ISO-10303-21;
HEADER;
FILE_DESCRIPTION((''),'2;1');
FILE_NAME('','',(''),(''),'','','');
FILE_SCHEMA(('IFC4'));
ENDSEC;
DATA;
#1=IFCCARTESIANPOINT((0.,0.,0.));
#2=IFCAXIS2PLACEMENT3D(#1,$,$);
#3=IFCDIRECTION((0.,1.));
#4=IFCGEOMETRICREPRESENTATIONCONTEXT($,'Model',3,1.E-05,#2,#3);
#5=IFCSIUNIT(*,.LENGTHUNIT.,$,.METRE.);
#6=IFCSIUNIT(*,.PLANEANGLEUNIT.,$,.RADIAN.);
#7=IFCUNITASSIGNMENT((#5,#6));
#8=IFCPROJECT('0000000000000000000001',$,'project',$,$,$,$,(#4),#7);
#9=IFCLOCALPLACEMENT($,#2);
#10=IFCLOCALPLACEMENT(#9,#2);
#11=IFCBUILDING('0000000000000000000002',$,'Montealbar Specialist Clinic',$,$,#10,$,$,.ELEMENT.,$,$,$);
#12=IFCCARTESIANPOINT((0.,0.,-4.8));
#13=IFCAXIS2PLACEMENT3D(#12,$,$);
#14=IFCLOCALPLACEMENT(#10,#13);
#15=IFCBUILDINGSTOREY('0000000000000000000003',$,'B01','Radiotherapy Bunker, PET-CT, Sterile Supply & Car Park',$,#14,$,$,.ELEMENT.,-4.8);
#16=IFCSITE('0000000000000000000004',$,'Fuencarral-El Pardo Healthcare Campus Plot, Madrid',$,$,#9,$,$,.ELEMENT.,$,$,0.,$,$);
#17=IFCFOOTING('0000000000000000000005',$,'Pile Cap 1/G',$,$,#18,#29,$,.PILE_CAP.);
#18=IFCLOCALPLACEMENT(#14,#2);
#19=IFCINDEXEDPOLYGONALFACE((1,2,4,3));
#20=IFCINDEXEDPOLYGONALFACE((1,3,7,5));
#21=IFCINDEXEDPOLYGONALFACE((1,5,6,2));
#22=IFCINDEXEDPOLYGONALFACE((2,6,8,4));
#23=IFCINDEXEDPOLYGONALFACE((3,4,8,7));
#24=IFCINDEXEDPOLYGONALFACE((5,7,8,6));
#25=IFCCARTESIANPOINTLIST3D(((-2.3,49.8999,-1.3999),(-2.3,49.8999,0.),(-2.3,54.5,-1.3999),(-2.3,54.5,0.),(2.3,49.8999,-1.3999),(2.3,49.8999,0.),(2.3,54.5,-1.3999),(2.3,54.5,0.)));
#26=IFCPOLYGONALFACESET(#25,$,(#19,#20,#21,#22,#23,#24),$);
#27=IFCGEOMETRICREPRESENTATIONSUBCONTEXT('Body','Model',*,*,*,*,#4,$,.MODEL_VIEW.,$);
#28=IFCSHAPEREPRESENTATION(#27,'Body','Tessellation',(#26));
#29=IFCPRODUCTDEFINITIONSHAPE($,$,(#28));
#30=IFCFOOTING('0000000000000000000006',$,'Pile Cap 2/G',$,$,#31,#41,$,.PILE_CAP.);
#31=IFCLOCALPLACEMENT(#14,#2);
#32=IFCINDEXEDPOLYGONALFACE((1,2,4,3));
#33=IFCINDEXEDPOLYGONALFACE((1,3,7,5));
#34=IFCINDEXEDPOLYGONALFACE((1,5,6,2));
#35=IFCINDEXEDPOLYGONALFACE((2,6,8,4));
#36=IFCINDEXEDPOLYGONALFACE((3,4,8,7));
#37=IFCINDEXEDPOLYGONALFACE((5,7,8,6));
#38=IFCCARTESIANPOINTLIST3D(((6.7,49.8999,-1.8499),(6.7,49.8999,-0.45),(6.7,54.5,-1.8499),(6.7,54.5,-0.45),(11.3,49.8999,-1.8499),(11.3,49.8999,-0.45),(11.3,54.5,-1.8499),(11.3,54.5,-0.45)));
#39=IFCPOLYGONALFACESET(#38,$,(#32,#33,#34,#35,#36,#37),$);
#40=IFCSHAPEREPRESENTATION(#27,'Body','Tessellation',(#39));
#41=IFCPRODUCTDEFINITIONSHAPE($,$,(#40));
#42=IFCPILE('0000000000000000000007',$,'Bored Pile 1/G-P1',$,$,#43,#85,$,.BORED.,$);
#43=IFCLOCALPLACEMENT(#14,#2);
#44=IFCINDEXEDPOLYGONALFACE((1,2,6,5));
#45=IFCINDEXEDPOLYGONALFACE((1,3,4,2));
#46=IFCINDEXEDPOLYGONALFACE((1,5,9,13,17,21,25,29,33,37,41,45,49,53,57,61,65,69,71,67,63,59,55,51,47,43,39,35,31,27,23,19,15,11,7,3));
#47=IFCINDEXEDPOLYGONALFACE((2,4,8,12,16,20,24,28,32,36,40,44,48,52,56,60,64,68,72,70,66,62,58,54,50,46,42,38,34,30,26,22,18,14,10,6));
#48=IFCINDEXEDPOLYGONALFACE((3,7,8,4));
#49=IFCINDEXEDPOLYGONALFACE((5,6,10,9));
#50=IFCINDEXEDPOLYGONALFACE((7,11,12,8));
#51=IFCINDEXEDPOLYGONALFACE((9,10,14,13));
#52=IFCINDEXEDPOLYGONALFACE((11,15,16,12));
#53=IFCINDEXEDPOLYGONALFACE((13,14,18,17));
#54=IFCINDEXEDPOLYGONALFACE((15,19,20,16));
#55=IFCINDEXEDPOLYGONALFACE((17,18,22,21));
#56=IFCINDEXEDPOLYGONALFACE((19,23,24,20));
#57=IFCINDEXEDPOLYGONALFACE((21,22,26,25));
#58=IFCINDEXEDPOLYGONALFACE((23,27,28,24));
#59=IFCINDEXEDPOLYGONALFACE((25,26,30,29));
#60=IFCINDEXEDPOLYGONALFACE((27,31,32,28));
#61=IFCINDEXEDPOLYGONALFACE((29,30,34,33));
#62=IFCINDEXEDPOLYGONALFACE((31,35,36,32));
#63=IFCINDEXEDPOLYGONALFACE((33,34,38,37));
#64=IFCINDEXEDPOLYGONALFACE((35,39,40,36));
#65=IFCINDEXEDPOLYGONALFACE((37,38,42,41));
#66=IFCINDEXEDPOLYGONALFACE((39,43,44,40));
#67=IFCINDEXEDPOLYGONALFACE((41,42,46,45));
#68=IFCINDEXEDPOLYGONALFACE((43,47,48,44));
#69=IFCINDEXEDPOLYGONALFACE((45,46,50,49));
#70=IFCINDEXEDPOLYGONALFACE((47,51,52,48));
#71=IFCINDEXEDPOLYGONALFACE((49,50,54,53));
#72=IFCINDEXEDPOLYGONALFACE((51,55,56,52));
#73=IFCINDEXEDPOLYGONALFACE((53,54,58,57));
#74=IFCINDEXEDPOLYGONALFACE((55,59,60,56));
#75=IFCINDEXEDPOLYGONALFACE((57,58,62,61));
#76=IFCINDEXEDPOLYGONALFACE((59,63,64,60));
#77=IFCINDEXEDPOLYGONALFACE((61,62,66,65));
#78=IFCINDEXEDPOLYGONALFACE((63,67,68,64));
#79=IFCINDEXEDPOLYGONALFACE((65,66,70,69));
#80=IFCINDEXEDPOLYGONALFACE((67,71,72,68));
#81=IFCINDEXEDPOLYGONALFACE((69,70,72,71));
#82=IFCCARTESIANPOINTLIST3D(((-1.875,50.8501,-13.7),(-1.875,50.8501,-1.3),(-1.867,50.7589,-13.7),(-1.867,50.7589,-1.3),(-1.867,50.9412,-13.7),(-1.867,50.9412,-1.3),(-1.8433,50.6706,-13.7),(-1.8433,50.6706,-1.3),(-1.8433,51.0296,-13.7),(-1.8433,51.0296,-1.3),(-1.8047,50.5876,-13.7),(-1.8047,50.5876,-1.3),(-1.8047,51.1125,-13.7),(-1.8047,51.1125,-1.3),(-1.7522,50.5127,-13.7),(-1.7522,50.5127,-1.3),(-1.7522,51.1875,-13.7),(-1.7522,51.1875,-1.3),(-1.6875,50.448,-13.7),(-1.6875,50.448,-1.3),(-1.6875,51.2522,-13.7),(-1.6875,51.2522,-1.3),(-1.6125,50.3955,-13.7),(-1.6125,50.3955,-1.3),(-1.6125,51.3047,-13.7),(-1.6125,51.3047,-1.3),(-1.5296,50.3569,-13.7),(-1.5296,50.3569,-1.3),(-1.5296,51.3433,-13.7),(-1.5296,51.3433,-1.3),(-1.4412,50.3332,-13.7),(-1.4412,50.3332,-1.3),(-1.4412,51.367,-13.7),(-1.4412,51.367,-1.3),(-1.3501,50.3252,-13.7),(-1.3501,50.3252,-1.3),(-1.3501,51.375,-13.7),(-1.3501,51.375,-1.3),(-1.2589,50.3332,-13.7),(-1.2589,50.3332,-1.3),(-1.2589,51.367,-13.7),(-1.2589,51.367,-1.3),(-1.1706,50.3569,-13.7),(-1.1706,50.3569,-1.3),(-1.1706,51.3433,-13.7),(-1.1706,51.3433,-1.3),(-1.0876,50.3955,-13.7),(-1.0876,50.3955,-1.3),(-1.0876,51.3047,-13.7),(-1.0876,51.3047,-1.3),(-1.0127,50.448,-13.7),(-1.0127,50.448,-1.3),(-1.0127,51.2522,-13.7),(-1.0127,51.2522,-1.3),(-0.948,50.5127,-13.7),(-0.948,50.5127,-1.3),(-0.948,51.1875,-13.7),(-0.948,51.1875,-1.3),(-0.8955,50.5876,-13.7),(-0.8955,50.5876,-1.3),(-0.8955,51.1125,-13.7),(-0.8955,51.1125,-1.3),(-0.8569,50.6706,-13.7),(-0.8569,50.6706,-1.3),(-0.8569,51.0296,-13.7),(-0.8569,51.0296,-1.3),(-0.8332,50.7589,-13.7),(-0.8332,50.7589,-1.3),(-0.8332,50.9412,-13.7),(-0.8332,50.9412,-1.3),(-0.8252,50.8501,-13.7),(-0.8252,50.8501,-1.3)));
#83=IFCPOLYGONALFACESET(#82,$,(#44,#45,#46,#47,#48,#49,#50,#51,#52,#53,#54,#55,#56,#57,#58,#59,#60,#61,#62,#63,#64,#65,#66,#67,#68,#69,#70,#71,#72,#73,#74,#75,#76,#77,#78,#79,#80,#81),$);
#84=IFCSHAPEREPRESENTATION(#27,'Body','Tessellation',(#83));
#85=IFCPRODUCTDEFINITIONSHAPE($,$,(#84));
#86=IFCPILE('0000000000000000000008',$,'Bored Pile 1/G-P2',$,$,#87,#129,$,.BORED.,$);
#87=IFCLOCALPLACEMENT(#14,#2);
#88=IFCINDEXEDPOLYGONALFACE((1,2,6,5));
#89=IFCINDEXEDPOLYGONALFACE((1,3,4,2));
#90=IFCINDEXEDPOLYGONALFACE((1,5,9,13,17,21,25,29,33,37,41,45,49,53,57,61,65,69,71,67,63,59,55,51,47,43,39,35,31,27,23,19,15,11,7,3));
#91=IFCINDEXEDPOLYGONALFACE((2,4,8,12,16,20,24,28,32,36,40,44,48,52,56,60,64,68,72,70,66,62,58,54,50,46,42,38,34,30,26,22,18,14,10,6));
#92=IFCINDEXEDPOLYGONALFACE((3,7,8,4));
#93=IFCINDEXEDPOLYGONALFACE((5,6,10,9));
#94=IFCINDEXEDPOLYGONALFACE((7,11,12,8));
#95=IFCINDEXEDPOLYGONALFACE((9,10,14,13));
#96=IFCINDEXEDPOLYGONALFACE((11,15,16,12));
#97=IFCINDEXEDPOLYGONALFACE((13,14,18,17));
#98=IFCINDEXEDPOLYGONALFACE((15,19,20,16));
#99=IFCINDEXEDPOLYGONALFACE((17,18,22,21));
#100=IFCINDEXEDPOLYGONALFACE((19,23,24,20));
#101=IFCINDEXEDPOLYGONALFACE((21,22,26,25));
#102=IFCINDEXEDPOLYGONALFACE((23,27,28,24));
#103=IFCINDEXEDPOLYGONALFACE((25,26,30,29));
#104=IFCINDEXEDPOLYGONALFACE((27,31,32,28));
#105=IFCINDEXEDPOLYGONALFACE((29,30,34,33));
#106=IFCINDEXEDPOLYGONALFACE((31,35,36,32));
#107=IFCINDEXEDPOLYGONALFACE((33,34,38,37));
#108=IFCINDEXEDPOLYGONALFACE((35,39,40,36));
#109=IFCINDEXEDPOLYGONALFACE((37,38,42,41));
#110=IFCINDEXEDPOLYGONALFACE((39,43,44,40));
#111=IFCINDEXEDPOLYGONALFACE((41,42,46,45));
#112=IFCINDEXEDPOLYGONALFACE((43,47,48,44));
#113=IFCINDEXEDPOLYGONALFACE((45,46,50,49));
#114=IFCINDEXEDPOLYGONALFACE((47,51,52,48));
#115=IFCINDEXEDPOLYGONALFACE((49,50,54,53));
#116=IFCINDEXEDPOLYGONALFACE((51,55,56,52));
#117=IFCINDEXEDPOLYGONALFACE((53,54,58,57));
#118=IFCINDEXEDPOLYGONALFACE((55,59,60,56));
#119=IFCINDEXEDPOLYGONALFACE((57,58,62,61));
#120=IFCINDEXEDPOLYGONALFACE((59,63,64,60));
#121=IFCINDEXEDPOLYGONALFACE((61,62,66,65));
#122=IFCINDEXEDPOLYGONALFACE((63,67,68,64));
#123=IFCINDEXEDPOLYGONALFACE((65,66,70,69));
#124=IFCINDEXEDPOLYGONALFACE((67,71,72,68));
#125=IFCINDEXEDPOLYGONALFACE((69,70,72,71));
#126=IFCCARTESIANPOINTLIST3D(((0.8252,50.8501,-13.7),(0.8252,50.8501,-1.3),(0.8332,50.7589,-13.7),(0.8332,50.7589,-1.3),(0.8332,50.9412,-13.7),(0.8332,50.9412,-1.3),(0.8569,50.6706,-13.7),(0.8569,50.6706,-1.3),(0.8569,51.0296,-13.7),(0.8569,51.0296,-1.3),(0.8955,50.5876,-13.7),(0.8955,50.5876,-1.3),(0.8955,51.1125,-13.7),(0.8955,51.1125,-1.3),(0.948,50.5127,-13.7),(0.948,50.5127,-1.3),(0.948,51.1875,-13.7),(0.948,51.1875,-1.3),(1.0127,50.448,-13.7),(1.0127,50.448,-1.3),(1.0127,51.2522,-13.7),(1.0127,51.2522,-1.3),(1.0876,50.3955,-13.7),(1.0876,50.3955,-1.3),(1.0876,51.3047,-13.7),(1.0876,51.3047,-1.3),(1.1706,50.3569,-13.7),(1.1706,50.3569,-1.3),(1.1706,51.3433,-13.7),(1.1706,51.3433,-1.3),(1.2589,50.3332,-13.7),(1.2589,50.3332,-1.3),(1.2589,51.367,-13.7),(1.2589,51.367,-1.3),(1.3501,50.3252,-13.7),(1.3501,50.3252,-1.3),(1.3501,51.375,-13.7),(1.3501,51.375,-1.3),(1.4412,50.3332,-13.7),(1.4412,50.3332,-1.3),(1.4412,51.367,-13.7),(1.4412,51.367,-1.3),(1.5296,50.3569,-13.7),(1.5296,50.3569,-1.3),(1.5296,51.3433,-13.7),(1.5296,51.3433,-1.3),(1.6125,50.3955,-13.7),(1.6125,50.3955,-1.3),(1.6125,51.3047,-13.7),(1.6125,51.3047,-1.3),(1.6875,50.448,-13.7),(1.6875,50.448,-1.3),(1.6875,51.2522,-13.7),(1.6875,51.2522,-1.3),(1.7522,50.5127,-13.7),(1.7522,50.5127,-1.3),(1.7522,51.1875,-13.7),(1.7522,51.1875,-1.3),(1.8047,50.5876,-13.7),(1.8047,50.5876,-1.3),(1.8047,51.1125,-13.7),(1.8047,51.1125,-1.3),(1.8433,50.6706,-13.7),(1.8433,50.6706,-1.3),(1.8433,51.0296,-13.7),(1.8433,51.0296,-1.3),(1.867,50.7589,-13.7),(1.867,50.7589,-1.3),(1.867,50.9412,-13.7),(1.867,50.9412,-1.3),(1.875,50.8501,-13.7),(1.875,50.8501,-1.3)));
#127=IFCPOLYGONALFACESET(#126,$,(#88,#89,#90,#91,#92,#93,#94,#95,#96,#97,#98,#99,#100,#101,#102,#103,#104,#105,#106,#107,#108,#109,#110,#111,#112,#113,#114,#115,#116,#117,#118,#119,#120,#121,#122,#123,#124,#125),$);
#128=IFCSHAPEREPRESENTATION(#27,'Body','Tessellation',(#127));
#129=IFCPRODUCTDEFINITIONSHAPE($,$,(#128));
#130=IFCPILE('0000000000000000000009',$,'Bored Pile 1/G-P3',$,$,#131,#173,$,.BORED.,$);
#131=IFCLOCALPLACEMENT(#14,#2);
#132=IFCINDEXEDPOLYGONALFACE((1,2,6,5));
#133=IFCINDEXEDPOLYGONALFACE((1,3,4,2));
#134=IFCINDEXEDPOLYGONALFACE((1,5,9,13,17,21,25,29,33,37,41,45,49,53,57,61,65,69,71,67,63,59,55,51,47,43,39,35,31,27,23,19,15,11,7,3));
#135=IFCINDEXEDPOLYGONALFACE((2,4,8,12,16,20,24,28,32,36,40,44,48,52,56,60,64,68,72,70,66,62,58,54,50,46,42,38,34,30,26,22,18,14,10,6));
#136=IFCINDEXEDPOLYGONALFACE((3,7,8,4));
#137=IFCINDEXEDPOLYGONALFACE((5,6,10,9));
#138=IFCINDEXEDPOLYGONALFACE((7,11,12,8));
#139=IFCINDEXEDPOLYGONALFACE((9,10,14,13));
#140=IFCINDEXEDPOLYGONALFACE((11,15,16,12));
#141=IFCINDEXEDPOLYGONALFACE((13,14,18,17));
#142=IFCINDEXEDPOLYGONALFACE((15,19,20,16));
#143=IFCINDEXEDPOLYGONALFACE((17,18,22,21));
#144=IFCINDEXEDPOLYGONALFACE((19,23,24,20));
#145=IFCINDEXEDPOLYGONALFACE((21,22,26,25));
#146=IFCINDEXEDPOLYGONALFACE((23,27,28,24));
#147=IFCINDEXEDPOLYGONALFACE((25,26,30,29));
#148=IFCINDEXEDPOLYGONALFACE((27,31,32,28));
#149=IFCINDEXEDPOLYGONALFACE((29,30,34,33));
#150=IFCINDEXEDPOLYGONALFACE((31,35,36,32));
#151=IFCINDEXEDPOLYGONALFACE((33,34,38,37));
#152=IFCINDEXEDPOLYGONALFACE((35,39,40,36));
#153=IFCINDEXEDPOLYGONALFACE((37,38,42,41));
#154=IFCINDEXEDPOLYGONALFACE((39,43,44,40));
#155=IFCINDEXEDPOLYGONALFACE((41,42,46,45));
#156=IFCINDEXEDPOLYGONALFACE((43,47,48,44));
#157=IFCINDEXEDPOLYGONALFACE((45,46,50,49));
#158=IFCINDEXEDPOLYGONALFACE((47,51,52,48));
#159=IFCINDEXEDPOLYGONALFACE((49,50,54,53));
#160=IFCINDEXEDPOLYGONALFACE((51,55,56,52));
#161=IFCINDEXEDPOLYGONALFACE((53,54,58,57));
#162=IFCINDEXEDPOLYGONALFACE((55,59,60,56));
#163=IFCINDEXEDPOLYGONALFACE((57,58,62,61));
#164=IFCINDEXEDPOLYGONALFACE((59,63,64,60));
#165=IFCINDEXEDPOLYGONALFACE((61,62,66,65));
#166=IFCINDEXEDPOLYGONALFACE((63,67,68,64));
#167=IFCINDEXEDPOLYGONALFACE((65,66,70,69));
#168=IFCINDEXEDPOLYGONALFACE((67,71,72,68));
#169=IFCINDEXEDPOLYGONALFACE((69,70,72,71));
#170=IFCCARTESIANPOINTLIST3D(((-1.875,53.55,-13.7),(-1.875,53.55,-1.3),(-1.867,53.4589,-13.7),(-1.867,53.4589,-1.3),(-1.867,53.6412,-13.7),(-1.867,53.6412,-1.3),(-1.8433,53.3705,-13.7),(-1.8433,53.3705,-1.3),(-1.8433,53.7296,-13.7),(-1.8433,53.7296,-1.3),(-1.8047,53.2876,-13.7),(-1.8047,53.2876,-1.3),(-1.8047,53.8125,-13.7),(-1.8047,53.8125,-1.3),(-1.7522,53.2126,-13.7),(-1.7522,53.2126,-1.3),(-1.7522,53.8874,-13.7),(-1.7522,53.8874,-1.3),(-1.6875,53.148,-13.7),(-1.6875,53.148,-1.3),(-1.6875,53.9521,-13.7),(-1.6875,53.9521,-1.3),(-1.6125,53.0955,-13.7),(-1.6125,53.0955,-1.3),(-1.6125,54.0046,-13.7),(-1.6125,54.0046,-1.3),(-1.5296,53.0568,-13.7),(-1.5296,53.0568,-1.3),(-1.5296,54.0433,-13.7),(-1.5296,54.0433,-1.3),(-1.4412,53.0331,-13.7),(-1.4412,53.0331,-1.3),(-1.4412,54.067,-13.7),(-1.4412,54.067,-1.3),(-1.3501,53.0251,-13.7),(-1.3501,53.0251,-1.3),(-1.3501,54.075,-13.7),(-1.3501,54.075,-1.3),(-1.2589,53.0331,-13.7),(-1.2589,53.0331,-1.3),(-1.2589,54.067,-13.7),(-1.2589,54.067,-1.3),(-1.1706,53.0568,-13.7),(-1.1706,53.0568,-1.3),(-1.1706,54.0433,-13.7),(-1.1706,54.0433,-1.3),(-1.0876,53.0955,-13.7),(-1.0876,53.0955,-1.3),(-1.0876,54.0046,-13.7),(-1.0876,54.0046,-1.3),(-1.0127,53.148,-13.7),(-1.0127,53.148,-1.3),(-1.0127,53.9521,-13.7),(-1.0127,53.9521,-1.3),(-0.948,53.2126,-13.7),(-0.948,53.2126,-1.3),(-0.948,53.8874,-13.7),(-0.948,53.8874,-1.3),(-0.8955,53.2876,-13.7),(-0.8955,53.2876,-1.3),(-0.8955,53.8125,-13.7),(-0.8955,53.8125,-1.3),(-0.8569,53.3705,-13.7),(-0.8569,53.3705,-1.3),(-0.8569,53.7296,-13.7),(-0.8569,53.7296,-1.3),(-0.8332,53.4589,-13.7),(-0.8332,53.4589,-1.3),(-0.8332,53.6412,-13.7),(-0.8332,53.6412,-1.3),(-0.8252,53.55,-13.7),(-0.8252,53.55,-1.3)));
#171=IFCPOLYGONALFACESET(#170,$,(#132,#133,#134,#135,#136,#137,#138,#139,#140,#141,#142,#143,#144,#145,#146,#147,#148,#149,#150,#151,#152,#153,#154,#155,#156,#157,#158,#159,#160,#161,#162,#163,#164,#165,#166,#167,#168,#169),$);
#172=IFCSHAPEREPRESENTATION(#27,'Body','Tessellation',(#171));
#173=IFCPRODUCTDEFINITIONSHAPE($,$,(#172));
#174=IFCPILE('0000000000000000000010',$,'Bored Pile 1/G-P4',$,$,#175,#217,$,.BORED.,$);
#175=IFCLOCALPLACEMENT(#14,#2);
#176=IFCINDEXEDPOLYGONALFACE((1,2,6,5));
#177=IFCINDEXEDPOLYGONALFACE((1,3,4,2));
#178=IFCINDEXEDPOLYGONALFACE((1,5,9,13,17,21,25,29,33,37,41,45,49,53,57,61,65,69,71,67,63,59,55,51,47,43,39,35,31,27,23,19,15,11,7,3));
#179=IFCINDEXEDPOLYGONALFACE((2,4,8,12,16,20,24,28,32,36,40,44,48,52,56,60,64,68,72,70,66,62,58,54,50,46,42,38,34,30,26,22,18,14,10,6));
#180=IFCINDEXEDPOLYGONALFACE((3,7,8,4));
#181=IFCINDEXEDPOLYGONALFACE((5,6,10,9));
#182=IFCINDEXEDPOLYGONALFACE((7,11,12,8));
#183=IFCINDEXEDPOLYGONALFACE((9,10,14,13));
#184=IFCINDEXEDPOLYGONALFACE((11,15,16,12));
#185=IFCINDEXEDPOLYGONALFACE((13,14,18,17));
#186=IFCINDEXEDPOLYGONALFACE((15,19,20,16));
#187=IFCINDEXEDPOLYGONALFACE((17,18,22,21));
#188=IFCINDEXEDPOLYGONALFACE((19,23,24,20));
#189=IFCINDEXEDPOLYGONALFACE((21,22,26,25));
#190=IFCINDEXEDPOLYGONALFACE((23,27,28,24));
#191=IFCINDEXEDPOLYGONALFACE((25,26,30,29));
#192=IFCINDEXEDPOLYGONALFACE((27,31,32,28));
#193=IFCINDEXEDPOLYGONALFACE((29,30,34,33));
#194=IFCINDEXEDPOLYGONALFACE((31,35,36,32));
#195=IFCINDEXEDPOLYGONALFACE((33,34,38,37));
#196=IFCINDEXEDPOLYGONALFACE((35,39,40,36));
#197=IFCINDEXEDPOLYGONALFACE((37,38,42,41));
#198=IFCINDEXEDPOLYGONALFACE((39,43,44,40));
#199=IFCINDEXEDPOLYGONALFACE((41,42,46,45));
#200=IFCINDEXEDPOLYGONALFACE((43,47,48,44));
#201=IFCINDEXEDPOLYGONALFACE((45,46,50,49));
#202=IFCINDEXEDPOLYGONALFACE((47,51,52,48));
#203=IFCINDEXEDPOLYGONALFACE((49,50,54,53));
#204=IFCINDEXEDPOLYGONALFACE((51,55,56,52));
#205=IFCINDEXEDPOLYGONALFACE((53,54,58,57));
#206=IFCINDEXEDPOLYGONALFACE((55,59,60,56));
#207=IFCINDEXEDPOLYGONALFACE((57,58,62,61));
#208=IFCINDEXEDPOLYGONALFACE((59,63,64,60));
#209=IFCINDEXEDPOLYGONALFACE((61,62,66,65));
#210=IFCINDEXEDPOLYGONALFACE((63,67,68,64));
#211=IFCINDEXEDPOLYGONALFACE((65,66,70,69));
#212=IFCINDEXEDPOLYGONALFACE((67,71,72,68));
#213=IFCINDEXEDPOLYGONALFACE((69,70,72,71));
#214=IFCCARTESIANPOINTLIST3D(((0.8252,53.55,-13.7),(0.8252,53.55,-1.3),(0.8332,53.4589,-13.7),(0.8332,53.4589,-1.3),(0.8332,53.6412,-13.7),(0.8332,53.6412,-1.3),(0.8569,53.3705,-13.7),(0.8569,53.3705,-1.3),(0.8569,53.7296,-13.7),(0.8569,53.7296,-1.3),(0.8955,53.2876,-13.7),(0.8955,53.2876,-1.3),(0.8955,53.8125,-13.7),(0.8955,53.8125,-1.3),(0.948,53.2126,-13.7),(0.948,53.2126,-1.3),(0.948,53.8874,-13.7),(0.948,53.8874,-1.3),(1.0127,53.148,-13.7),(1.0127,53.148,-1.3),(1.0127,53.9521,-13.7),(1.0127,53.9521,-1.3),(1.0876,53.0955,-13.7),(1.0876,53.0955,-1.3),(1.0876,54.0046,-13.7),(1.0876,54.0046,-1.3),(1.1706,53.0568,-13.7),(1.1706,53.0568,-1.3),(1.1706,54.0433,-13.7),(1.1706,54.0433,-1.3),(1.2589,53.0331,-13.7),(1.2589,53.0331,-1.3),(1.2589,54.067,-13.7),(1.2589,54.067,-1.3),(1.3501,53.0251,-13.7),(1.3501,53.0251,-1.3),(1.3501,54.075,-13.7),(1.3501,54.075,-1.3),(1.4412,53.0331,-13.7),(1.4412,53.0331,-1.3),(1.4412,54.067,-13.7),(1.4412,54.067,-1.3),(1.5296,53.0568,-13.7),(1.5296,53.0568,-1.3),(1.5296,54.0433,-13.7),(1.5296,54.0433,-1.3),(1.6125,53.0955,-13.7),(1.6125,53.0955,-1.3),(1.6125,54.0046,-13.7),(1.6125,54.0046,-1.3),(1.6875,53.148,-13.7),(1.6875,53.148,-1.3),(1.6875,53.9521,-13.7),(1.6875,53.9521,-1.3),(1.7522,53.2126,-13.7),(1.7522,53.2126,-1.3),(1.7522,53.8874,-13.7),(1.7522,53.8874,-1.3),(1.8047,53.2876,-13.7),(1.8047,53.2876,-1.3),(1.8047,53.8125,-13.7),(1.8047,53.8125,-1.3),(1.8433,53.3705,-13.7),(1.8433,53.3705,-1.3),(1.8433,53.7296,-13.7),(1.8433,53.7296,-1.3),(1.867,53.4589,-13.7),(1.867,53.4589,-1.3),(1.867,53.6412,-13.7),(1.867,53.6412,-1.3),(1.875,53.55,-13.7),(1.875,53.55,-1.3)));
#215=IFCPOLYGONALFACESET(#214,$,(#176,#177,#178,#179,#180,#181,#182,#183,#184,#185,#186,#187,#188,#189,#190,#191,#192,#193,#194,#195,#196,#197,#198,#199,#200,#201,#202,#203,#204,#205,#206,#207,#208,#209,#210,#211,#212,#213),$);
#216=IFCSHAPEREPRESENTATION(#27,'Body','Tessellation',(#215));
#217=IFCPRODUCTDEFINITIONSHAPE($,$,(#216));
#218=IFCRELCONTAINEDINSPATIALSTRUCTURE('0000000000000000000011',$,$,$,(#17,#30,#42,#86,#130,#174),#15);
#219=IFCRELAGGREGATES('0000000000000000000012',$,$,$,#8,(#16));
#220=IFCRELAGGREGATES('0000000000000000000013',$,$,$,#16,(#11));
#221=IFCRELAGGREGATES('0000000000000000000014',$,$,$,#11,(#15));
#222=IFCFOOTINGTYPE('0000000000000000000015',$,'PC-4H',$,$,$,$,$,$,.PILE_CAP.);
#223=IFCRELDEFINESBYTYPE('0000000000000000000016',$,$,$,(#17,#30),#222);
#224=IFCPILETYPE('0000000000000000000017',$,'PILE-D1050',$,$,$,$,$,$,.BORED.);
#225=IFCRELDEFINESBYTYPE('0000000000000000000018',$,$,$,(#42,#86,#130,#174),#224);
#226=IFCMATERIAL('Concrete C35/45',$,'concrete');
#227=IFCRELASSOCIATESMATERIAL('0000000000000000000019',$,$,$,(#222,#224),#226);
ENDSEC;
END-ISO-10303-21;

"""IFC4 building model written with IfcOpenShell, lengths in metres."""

from ifc_helpers import new_model, si_unit, direction, frame, origin, origin_2d, place, context, subcontext, project, spatial, rectangle, circle, extrude, material, material_profile, profile_set, type_object, element, save


model = new_model("IFC4")

# Units and contexts
model_context = context("Model", 3, precision=1e-05, world=origin(), true_north=direction((0.0, 1.0)))
body_context = subcontext(model_context, "Body", "Model", "MODEL_VIEW")
ifc_project = project(units=[si_unit("LENGTHUNIT", "METRE"), si_unit("PLANEANGLEUNIT", "RADIAN")], contexts=[model_context])

# Site, building, storey
site_placement = place(None, origin())
site = spatial("IfcSite", under=ifc_project, at=site_placement, Name="Fuencarral-El Pardo Healthcare Campus Plot, Madrid", CompositionType="ELEMENT", RefElevation=0.0)
building_placement = place(site_placement, origin())
building = spatial("IfcBuilding", under=site, at=building_placement, Name="Montealbar Specialist Clinic", CompositionType="ELEMENT")
storey_placement = place(building_placement, frame((0.0, 0.0, -4.8)))
storey = spatial("IfcBuildingStorey", under=building, at=storey_placement, Name="B01", Description="Radiotherapy Bunker, PET-CT, Sterile Supply & Car Park", CompositionType="ELEMENT", Elevation=-4.8)

# Footings
ifc_material_1 = material(Name="Concrete C35/45", Category="concrete")
footing_type = type_object("IfcFootingType", Name="PC-4H", PredefinedType="PILE_CAP", material=ifc_material_1)
for number, where, z_axis, x_axis, name in (
    (1, (0.0, 52.2, -1.3999), (0.0, 0.0, 1.0), (1.0, 0.0, 0.0), "Pile Cap 1/G"),
    (2, (9.0, 52.2, -1.8499), (0.0, 0.0, 1.0), (1.0, 0.0, 0.0), "Pile Cap 2/G"),
):
    element("IfcFooting", number, at=place(storey_placement, frame(where, z_axis=z_axis, x_axis=x_axis)), inside=storey, type_object=footing_type, Name=name, PredefinedType="PILE_CAP", context=body_context, shape_type="SweptSolid", body=[
        extrude(rectangle(XDim=4.6001, YDim=4.6001, at=origin_2d()), origin(), (0.0, 0.0, 1.0), 1.3999),
    ])

# Piles
ifc_material_profile_1 = material_profile(ifc_material_1, circle(Radius=0.5249, at=origin_2d()), Name="PILE D1050", Category="concrete")
ifc_profile_set_1 = profile_set([ifc_material_profile_1], Name="Concrete C35/45")
pile_type = type_object("IfcPileType", Name="PILE-D1050", PredefinedType="BORED", material=ifc_profile_set_1)
for number, where, z_axis, x_axis, name in (
    (3, (-1.3501, 50.8501, -1.3), (0.0, 0.0, -1.0), (1.0, 0.0, 0.0), "Bored Pile 1/G-P1"),
    (4, (1.3501, 50.8501, -1.3), (0.0, 0.0, -1.0), (1.0, 0.0, 0.0), "Bored Pile 1/G-P2"),
    (5, (-1.3501, 53.55, -1.3), (0.0, 0.0, -1.0), (1.0, 0.0, 0.0), "Bored Pile 1/G-P3"),
    (6, (1.3501, 53.55, -1.3), (0.0, 0.0, -1.0), (1.0, 0.0, 0.0), "Bored Pile 1/G-P4"),
):
    element("IfcPile", number, at=place(storey_placement, frame(where, z_axis=z_axis, x_axis=x_axis)), inside=storey, type_object=pile_type, Name=name, PredefinedType="BORED", context=body_context, shape_type="SweptSolid", body=[
        extrude(circle(Radius=0.5249, at=origin_2d()), origin(), (0.0, 0.0, 1.0), 12.3999),
    ])

save(model, "model.ifc")
